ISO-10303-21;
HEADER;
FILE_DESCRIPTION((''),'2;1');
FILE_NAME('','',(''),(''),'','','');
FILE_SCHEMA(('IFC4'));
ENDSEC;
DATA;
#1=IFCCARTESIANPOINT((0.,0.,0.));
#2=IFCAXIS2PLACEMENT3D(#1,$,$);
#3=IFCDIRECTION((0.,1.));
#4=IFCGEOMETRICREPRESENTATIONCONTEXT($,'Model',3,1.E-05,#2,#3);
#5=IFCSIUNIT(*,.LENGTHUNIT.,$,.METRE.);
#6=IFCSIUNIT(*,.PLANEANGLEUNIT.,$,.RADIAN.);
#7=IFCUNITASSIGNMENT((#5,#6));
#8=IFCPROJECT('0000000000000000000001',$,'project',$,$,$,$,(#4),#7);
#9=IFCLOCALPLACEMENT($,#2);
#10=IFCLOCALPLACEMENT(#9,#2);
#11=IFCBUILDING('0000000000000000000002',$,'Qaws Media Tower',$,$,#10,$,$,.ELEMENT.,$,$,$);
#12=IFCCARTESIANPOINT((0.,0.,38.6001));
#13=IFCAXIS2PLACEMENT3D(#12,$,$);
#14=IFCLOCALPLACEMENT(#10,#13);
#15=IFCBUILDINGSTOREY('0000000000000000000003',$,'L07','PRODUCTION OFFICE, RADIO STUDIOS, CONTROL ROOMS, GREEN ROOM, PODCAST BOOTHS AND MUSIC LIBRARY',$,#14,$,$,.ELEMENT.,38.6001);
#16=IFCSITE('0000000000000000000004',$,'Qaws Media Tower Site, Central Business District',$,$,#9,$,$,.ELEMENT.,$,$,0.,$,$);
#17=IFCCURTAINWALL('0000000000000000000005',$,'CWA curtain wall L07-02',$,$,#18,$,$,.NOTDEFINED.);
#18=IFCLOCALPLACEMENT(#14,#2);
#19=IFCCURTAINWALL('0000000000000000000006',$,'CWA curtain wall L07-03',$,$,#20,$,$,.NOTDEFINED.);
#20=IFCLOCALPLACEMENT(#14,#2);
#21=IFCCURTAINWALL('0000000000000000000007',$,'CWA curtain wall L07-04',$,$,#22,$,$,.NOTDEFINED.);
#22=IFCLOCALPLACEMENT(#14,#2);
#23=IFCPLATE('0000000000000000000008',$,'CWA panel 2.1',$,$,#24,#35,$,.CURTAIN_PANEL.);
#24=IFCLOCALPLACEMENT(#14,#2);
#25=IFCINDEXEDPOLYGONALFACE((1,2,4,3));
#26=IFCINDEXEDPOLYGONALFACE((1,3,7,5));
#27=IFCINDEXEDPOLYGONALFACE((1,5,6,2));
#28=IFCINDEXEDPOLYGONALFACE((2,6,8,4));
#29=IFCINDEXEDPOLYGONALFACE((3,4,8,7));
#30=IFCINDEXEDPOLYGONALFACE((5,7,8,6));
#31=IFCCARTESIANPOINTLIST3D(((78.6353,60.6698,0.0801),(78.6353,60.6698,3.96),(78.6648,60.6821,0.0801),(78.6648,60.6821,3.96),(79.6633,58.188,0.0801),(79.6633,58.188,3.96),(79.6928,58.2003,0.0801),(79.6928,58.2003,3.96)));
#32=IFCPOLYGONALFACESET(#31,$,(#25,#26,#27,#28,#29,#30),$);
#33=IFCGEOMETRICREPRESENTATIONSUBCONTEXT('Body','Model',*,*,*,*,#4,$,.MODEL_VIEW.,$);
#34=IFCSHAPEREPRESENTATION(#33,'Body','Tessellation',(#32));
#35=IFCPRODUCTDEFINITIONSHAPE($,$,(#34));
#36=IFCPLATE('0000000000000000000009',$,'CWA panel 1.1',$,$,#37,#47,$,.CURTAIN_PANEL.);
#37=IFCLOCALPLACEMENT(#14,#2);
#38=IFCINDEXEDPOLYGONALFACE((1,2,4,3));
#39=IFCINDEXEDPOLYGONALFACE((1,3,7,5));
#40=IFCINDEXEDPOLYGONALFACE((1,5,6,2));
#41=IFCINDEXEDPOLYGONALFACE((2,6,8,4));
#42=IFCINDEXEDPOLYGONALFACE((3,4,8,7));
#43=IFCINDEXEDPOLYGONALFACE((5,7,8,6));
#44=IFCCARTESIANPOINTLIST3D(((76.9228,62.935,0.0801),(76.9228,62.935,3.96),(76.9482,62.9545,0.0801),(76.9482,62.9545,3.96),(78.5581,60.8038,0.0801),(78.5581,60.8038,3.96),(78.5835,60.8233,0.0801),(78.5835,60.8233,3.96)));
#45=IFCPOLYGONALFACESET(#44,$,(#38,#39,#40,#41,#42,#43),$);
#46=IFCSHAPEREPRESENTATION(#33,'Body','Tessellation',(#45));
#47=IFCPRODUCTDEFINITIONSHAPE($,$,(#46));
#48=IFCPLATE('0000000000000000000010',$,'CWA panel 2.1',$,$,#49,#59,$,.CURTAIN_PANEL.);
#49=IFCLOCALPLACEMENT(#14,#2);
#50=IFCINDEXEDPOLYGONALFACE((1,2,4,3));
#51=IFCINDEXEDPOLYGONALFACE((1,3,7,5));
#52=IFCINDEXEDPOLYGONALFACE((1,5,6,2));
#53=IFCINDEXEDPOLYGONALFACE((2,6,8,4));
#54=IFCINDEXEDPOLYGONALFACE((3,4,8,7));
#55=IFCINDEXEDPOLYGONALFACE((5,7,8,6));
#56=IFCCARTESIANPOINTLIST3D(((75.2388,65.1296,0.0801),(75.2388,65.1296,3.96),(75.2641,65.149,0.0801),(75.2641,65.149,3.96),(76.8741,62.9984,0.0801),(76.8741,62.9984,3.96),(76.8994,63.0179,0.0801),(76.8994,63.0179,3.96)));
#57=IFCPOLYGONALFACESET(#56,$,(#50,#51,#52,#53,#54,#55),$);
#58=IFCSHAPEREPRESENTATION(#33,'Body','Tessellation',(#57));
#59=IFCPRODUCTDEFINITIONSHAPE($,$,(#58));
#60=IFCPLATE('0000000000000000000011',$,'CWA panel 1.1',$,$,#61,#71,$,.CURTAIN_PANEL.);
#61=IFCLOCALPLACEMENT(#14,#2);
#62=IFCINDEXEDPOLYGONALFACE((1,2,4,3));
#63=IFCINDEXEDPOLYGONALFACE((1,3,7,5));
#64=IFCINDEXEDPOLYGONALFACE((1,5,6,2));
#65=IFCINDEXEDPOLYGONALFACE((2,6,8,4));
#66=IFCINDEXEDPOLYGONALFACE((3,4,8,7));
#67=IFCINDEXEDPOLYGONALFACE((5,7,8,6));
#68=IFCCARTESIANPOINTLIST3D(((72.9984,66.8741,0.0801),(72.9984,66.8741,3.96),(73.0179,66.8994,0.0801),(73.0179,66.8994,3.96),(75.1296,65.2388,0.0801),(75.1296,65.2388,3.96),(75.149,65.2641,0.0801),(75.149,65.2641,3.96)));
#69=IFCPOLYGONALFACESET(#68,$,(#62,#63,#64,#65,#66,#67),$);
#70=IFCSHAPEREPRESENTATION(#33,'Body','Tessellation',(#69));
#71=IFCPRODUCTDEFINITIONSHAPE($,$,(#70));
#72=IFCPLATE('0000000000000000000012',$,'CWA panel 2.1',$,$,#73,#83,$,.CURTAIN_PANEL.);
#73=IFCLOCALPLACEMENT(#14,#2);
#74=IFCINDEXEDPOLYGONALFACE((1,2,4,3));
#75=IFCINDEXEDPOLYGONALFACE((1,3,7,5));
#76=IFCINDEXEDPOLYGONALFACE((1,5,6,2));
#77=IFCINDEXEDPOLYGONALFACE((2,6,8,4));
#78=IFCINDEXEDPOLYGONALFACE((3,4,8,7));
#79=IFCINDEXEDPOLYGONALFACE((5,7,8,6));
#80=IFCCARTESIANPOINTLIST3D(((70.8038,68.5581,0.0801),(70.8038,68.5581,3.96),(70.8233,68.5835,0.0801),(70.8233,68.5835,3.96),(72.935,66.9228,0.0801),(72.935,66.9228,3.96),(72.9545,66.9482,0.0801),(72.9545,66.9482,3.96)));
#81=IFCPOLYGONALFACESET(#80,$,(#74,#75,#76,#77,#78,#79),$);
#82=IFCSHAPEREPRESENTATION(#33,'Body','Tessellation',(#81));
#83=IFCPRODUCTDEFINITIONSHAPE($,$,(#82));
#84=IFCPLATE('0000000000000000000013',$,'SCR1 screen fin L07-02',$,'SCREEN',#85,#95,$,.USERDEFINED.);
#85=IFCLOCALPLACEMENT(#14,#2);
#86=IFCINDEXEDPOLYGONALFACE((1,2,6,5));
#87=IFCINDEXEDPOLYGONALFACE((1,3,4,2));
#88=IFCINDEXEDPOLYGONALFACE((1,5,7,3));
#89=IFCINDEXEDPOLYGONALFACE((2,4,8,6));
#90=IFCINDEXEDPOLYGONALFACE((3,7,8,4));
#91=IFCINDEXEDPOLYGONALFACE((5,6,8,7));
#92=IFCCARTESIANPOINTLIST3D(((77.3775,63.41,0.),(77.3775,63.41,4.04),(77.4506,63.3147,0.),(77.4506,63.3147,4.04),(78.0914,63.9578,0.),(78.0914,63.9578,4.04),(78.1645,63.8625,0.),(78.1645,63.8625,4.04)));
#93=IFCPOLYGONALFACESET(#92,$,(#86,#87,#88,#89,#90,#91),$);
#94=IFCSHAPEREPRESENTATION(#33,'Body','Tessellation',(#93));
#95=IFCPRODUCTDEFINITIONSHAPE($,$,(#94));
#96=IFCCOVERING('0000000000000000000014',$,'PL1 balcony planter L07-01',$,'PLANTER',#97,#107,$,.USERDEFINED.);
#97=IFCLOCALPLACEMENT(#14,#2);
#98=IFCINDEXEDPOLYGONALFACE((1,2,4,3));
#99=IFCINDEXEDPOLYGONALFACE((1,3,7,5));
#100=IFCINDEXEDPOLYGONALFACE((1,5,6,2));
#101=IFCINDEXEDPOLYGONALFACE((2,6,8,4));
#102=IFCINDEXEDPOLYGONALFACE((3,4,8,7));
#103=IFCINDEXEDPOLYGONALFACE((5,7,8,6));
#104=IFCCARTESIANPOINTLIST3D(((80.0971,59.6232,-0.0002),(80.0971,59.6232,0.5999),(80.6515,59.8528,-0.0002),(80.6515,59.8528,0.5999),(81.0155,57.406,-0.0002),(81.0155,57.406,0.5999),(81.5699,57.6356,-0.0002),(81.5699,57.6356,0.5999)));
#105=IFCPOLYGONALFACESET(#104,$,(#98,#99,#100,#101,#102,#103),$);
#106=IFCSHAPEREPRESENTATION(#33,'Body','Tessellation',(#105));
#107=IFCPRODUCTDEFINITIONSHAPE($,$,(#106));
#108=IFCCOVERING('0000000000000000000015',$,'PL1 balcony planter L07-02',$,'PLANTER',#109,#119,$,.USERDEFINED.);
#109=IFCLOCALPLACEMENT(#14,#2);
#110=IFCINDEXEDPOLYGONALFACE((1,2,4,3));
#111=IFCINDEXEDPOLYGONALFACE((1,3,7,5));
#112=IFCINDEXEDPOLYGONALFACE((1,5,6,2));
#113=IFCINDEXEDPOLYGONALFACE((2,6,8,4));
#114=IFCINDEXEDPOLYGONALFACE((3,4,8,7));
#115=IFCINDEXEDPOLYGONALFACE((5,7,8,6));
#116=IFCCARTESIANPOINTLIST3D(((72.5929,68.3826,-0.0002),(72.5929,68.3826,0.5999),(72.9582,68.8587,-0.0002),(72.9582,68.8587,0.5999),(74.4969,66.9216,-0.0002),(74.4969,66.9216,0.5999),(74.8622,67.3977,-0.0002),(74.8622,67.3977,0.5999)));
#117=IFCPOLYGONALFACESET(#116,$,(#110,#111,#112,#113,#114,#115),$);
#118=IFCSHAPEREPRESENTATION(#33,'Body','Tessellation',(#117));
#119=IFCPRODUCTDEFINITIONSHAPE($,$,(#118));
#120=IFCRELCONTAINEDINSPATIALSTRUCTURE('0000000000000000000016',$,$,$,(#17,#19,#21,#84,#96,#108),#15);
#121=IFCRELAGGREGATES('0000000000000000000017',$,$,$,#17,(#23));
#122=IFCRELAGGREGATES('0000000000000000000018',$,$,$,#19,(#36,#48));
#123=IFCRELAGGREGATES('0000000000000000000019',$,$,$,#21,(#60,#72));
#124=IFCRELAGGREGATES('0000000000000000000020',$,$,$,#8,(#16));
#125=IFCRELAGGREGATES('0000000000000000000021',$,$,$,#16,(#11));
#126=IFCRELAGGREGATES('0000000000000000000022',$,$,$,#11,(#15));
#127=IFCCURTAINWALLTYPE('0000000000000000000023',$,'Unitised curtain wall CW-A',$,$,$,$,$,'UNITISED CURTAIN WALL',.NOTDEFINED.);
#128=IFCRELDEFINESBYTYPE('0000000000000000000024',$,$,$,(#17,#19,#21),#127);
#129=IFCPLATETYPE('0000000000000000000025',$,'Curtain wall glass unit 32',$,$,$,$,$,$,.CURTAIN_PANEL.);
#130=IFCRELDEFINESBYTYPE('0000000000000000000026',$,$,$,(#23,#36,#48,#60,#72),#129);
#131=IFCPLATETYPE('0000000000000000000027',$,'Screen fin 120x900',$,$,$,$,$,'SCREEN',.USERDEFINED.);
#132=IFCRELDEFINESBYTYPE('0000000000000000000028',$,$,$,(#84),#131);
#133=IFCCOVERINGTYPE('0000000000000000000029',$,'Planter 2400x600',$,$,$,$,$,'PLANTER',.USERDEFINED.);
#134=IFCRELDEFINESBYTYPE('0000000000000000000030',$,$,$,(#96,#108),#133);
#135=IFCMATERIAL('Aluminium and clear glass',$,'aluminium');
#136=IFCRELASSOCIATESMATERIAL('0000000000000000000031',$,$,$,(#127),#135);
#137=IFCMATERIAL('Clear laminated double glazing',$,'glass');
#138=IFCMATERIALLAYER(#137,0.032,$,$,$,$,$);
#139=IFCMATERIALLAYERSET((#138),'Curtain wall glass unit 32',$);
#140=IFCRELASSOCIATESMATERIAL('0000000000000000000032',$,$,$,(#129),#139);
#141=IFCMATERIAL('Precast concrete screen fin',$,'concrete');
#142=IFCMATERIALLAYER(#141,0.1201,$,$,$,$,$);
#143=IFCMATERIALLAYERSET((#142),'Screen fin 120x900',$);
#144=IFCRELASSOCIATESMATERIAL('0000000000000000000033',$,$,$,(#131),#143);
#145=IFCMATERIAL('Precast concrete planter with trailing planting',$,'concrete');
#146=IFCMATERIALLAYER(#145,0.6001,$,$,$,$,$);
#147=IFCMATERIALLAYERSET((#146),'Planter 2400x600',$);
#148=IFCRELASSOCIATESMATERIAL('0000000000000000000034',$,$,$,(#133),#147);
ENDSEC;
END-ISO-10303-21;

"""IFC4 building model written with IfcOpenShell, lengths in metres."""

from ifc_helpers import new_model, si_unit, direction, frame, origin, origin_2d, place, context, subcontext, project, spatial, rectangle, extrude, material, layer, layer_set, type_object, element, aggregate, save


model = new_model("IFC4")

# Units and contexts
model_context = context("Model", 3, precision=1e-05, world=origin(), true_north=direction((0.0, 1.0)))
body_context = subcontext(model_context, "Body", "Model", "MODEL_VIEW")
ifc_project = project(units=[si_unit("LENGTHUNIT", "METRE"), si_unit("PLANEANGLEUNIT", "RADIAN")], contexts=[model_context])

# Site, building, storey
site_placement = place(None, origin())
site = spatial("IfcSite", under=ifc_project, at=site_placement, Name="Qaws Media Tower Site, Central Business District", CompositionType="ELEMENT", RefElevation=0.0)
building_placement = place(site_placement, origin())
building = spatial("IfcBuilding", under=site, at=building_placement, Name="Qaws Media Tower", CompositionType="ELEMENT")
storey_placement = place(building_placement, frame((0.0, 0.0, 38.6001)))
storey = spatial("IfcBuildingStorey", under=building, at=storey_placement, Name="L07", Description="PRODUCTION OFFICE, RADIO STUDIOS, CONTROL ROOMS, GREEN ROOM, PODCAST BOOTHS AND MUSIC LIBRARY", CompositionType="ELEMENT", Elevation=38.6001)

# Curtain wall
ifc_material_1 = material(Name="Aluminium and clear glass", Category="aluminium")
curtain_wall_type = type_object("IfcCurtainWallType", Name="Unitised curtain wall CW-A", ElementType="UNITISED CURTAIN WALL", PredefinedType="NOTDEFINED", material=ifc_material_1)
curtain_wall_1_placement = place(storey_placement, origin())
curtain_wall_1 = element("IfcCurtainWall", 1, at=curtain_wall_1_placement, inside=storey, type_object=curtain_wall_type, Name="CWA curtain wall L07-02", PredefinedType="NOTDEFINED")

# Curtain walls
curtain_wall_2_placement = place(storey_placement, origin())
curtain_wall_2 = element("IfcCurtainWall", 2, at=curtain_wall_2_placement, inside=storey, type_object=curtain_wall_type, Name="CWA curtain wall L07-03", PredefinedType="NOTDEFINED")
curtain_wall_3_placement = place(storey_placement, origin())
curtain_wall_3 = element("IfcCurtainWall", 3, at=curtain_wall_3_placement, inside=storey, type_object=curtain_wall_type, Name="CWA curtain wall L07-04", PredefinedType="NOTDEFINED")

# Plates
ifc_material_2 = material(Name="Clear laminated double glazing", Category="glass")
ifc_layer_1 = layer(ifc_material_2, 0.032)
ifc_layer_set_1 = layer_set([ifc_layer_1], Name="Curtain wall glass unit 32")
plate_type_1 = type_object("IfcPlateType", Name="Curtain wall glass unit 32", PredefinedType="CURTAIN_PANEL", material=ifc_layer_set_1)
plate_1_placement = place(storey_placement, frame((79.1641, 59.4351, 0.0801), z_axis=(0.0, 0.0, 1.0), x_axis=(-0.382683, 0.92388, 0.0)))
plate_1 = element("IfcPlate", 4, at=plate_1_placement, type_object=plate_type_1, Name="CWA panel 2.1", PredefinedType="CURTAIN_PANEL", context=body_context, shape_type="SweptSolid", body=[
    extrude(rectangle(XDim=2.6863, YDim=0.032, at=origin_2d()), origin(), (0.0, 0.0, 1.0), 3.8799),
])
aggregate(curtain_wall_1, [plate_1])
plate_2_placement = place(storey_placement, frame((77.7532, 61.8792, 0.0801), z_axis=(0.0, 0.0, 1.0), x_axis=(-0.608761, 0.793353, 0.0)))
plate_2 = element("IfcPlate", 5, at=plate_2_placement, type_object=plate_type_1, Name="CWA panel 1.1", PredefinedType="CURTAIN_PANEL", context=body_context, shape_type="SweptSolid", body=[
    extrude(rectangle(XDim=2.6863, YDim=0.032, at=origin_2d()), origin(), (0.0, 0.0, 1.0), 3.8799),
])
plate_3_placement = place(storey_placement, frame((76.0691, 64.0737, 0.0801), z_axis=(0.0, 0.0, 1.0), x_axis=(-0.608761, 0.793353, 0.0)))
plate_3 = element("IfcPlate", 6, at=plate_3_placement, type_object=plate_type_1, Name="CWA panel 2.1", PredefinedType="CURTAIN_PANEL", context=body_context, shape_type="SweptSolid", body=[
    extrude(rectangle(XDim=2.6863, YDim=0.032, at=origin_2d()), origin(), (0.0, 0.0, 1.0), 3.8799),
])
aggregate(curtain_wall_2, [plate_2, plate_3])
plate_4_placement = place(storey_placement, frame((74.0737, 66.0691, 0.0801), z_axis=(0.0, 0.0, 1.0), x_axis=(-0.793353, 0.608761, 0.0)))
plate_4 = element("IfcPlate", 7, at=plate_4_placement, type_object=plate_type_1, Name="CWA panel 1.1", PredefinedType="CURTAIN_PANEL", context=body_context, shape_type="SweptSolid", body=[
    extrude(rectangle(XDim=2.6863, YDim=0.032, at=origin_2d()), origin(), (0.0, 0.0, 1.0), 3.8799),
])
plate_5_placement = place(storey_placement, frame((71.8792, 67.7532, 0.0801), z_axis=(0.0, 0.0, 1.0), x_axis=(-0.793353, 0.608761, 0.0)))
plate_5 = element("IfcPlate", 8, at=plate_5_placement, type_object=plate_type_1, Name="CWA panel 2.1", PredefinedType="CURTAIN_PANEL", context=body_context, shape_type="SweptSolid", body=[
    extrude(rectangle(XDim=2.6863, YDim=0.032, at=origin_2d()), origin(), (0.0, 0.0, 1.0), 3.8799),
])
aggregate(curtain_wall_3, [plate_4, plate_5])
ifc_material_3 = material(Name="Precast concrete screen fin", Category="concrete")
ifc_layer_2 = layer(ifc_material_3, 0.1201)
ifc_layer_set_2 = layer_set([ifc_layer_2], Name="Screen fin 120x900")
plate_type_2 = type_object("IfcPlateType", Name="Screen fin 120x900", ElementType="SCREEN", PredefinedType="USERDEFINED", material=ifc_layer_set_2)
plate_6_placement = place(storey_placement, frame((77.771, 63.6362, 0.0), z_axis=(0.0, 0.0, 1.0), x_axis=(0.793353, 0.608761, 0.0)))
element("IfcPlate", 9, at=plate_6_placement, inside=storey, type_object=plate_type_2, Name="SCR1 screen fin L07-02", ObjectType="SCREEN", PredefinedType="USERDEFINED", context=body_context, shape_type="SweptSolid", body=[
    extrude(rectangle(XDim=0.8999, YDim=0.1201, at=origin_2d()), origin(), (0.0, 0.0, 1.0), 4.04),
])

# Coverings
ifc_material_4 = material(Name="Precast concrete planter with trailing planting", Category="concrete")
ifc_layer_3 = layer(ifc_material_4, 0.6001)
ifc_layer_set_3 = layer_set([ifc_layer_3], Name="Planter 2400x600")
covering_type = type_object("IfcCoveringType", Name="Planter 2400x600", ElementType="PLANTER", PredefinedType="USERDEFINED", material=ifc_layer_set_3)
for number, where, z_axis, x_axis, name in (
    (10, (80.8335, 58.6294, -0.0002), (0.0, 0.0, 1.0), (-0.382683, 0.92388, 0.0), "PL1 balcony planter L07-01"),
    (11, (73.7275, 67.8901, -0.0002), (0.0, 0.0, 1.0), (-0.793353, 0.608761, 0.0), "PL1 balcony planter L07-02"),
):
    element("IfcCovering", number, at=place(storey_placement, frame(where, z_axis=z_axis, x_axis=x_axis)), inside=storey, type_object=covering_type, Name=name, ObjectType="PLANTER", PredefinedType="USERDEFINED", context=body_context, shape_type="SweptSolid", body=[
        extrude(rectangle(XDim=2.3999, YDim=0.6001, at=origin_2d()), origin(), (0.0, 0.0, 1.0), 0.6001),
    ])

save(model, "model.ifc")
